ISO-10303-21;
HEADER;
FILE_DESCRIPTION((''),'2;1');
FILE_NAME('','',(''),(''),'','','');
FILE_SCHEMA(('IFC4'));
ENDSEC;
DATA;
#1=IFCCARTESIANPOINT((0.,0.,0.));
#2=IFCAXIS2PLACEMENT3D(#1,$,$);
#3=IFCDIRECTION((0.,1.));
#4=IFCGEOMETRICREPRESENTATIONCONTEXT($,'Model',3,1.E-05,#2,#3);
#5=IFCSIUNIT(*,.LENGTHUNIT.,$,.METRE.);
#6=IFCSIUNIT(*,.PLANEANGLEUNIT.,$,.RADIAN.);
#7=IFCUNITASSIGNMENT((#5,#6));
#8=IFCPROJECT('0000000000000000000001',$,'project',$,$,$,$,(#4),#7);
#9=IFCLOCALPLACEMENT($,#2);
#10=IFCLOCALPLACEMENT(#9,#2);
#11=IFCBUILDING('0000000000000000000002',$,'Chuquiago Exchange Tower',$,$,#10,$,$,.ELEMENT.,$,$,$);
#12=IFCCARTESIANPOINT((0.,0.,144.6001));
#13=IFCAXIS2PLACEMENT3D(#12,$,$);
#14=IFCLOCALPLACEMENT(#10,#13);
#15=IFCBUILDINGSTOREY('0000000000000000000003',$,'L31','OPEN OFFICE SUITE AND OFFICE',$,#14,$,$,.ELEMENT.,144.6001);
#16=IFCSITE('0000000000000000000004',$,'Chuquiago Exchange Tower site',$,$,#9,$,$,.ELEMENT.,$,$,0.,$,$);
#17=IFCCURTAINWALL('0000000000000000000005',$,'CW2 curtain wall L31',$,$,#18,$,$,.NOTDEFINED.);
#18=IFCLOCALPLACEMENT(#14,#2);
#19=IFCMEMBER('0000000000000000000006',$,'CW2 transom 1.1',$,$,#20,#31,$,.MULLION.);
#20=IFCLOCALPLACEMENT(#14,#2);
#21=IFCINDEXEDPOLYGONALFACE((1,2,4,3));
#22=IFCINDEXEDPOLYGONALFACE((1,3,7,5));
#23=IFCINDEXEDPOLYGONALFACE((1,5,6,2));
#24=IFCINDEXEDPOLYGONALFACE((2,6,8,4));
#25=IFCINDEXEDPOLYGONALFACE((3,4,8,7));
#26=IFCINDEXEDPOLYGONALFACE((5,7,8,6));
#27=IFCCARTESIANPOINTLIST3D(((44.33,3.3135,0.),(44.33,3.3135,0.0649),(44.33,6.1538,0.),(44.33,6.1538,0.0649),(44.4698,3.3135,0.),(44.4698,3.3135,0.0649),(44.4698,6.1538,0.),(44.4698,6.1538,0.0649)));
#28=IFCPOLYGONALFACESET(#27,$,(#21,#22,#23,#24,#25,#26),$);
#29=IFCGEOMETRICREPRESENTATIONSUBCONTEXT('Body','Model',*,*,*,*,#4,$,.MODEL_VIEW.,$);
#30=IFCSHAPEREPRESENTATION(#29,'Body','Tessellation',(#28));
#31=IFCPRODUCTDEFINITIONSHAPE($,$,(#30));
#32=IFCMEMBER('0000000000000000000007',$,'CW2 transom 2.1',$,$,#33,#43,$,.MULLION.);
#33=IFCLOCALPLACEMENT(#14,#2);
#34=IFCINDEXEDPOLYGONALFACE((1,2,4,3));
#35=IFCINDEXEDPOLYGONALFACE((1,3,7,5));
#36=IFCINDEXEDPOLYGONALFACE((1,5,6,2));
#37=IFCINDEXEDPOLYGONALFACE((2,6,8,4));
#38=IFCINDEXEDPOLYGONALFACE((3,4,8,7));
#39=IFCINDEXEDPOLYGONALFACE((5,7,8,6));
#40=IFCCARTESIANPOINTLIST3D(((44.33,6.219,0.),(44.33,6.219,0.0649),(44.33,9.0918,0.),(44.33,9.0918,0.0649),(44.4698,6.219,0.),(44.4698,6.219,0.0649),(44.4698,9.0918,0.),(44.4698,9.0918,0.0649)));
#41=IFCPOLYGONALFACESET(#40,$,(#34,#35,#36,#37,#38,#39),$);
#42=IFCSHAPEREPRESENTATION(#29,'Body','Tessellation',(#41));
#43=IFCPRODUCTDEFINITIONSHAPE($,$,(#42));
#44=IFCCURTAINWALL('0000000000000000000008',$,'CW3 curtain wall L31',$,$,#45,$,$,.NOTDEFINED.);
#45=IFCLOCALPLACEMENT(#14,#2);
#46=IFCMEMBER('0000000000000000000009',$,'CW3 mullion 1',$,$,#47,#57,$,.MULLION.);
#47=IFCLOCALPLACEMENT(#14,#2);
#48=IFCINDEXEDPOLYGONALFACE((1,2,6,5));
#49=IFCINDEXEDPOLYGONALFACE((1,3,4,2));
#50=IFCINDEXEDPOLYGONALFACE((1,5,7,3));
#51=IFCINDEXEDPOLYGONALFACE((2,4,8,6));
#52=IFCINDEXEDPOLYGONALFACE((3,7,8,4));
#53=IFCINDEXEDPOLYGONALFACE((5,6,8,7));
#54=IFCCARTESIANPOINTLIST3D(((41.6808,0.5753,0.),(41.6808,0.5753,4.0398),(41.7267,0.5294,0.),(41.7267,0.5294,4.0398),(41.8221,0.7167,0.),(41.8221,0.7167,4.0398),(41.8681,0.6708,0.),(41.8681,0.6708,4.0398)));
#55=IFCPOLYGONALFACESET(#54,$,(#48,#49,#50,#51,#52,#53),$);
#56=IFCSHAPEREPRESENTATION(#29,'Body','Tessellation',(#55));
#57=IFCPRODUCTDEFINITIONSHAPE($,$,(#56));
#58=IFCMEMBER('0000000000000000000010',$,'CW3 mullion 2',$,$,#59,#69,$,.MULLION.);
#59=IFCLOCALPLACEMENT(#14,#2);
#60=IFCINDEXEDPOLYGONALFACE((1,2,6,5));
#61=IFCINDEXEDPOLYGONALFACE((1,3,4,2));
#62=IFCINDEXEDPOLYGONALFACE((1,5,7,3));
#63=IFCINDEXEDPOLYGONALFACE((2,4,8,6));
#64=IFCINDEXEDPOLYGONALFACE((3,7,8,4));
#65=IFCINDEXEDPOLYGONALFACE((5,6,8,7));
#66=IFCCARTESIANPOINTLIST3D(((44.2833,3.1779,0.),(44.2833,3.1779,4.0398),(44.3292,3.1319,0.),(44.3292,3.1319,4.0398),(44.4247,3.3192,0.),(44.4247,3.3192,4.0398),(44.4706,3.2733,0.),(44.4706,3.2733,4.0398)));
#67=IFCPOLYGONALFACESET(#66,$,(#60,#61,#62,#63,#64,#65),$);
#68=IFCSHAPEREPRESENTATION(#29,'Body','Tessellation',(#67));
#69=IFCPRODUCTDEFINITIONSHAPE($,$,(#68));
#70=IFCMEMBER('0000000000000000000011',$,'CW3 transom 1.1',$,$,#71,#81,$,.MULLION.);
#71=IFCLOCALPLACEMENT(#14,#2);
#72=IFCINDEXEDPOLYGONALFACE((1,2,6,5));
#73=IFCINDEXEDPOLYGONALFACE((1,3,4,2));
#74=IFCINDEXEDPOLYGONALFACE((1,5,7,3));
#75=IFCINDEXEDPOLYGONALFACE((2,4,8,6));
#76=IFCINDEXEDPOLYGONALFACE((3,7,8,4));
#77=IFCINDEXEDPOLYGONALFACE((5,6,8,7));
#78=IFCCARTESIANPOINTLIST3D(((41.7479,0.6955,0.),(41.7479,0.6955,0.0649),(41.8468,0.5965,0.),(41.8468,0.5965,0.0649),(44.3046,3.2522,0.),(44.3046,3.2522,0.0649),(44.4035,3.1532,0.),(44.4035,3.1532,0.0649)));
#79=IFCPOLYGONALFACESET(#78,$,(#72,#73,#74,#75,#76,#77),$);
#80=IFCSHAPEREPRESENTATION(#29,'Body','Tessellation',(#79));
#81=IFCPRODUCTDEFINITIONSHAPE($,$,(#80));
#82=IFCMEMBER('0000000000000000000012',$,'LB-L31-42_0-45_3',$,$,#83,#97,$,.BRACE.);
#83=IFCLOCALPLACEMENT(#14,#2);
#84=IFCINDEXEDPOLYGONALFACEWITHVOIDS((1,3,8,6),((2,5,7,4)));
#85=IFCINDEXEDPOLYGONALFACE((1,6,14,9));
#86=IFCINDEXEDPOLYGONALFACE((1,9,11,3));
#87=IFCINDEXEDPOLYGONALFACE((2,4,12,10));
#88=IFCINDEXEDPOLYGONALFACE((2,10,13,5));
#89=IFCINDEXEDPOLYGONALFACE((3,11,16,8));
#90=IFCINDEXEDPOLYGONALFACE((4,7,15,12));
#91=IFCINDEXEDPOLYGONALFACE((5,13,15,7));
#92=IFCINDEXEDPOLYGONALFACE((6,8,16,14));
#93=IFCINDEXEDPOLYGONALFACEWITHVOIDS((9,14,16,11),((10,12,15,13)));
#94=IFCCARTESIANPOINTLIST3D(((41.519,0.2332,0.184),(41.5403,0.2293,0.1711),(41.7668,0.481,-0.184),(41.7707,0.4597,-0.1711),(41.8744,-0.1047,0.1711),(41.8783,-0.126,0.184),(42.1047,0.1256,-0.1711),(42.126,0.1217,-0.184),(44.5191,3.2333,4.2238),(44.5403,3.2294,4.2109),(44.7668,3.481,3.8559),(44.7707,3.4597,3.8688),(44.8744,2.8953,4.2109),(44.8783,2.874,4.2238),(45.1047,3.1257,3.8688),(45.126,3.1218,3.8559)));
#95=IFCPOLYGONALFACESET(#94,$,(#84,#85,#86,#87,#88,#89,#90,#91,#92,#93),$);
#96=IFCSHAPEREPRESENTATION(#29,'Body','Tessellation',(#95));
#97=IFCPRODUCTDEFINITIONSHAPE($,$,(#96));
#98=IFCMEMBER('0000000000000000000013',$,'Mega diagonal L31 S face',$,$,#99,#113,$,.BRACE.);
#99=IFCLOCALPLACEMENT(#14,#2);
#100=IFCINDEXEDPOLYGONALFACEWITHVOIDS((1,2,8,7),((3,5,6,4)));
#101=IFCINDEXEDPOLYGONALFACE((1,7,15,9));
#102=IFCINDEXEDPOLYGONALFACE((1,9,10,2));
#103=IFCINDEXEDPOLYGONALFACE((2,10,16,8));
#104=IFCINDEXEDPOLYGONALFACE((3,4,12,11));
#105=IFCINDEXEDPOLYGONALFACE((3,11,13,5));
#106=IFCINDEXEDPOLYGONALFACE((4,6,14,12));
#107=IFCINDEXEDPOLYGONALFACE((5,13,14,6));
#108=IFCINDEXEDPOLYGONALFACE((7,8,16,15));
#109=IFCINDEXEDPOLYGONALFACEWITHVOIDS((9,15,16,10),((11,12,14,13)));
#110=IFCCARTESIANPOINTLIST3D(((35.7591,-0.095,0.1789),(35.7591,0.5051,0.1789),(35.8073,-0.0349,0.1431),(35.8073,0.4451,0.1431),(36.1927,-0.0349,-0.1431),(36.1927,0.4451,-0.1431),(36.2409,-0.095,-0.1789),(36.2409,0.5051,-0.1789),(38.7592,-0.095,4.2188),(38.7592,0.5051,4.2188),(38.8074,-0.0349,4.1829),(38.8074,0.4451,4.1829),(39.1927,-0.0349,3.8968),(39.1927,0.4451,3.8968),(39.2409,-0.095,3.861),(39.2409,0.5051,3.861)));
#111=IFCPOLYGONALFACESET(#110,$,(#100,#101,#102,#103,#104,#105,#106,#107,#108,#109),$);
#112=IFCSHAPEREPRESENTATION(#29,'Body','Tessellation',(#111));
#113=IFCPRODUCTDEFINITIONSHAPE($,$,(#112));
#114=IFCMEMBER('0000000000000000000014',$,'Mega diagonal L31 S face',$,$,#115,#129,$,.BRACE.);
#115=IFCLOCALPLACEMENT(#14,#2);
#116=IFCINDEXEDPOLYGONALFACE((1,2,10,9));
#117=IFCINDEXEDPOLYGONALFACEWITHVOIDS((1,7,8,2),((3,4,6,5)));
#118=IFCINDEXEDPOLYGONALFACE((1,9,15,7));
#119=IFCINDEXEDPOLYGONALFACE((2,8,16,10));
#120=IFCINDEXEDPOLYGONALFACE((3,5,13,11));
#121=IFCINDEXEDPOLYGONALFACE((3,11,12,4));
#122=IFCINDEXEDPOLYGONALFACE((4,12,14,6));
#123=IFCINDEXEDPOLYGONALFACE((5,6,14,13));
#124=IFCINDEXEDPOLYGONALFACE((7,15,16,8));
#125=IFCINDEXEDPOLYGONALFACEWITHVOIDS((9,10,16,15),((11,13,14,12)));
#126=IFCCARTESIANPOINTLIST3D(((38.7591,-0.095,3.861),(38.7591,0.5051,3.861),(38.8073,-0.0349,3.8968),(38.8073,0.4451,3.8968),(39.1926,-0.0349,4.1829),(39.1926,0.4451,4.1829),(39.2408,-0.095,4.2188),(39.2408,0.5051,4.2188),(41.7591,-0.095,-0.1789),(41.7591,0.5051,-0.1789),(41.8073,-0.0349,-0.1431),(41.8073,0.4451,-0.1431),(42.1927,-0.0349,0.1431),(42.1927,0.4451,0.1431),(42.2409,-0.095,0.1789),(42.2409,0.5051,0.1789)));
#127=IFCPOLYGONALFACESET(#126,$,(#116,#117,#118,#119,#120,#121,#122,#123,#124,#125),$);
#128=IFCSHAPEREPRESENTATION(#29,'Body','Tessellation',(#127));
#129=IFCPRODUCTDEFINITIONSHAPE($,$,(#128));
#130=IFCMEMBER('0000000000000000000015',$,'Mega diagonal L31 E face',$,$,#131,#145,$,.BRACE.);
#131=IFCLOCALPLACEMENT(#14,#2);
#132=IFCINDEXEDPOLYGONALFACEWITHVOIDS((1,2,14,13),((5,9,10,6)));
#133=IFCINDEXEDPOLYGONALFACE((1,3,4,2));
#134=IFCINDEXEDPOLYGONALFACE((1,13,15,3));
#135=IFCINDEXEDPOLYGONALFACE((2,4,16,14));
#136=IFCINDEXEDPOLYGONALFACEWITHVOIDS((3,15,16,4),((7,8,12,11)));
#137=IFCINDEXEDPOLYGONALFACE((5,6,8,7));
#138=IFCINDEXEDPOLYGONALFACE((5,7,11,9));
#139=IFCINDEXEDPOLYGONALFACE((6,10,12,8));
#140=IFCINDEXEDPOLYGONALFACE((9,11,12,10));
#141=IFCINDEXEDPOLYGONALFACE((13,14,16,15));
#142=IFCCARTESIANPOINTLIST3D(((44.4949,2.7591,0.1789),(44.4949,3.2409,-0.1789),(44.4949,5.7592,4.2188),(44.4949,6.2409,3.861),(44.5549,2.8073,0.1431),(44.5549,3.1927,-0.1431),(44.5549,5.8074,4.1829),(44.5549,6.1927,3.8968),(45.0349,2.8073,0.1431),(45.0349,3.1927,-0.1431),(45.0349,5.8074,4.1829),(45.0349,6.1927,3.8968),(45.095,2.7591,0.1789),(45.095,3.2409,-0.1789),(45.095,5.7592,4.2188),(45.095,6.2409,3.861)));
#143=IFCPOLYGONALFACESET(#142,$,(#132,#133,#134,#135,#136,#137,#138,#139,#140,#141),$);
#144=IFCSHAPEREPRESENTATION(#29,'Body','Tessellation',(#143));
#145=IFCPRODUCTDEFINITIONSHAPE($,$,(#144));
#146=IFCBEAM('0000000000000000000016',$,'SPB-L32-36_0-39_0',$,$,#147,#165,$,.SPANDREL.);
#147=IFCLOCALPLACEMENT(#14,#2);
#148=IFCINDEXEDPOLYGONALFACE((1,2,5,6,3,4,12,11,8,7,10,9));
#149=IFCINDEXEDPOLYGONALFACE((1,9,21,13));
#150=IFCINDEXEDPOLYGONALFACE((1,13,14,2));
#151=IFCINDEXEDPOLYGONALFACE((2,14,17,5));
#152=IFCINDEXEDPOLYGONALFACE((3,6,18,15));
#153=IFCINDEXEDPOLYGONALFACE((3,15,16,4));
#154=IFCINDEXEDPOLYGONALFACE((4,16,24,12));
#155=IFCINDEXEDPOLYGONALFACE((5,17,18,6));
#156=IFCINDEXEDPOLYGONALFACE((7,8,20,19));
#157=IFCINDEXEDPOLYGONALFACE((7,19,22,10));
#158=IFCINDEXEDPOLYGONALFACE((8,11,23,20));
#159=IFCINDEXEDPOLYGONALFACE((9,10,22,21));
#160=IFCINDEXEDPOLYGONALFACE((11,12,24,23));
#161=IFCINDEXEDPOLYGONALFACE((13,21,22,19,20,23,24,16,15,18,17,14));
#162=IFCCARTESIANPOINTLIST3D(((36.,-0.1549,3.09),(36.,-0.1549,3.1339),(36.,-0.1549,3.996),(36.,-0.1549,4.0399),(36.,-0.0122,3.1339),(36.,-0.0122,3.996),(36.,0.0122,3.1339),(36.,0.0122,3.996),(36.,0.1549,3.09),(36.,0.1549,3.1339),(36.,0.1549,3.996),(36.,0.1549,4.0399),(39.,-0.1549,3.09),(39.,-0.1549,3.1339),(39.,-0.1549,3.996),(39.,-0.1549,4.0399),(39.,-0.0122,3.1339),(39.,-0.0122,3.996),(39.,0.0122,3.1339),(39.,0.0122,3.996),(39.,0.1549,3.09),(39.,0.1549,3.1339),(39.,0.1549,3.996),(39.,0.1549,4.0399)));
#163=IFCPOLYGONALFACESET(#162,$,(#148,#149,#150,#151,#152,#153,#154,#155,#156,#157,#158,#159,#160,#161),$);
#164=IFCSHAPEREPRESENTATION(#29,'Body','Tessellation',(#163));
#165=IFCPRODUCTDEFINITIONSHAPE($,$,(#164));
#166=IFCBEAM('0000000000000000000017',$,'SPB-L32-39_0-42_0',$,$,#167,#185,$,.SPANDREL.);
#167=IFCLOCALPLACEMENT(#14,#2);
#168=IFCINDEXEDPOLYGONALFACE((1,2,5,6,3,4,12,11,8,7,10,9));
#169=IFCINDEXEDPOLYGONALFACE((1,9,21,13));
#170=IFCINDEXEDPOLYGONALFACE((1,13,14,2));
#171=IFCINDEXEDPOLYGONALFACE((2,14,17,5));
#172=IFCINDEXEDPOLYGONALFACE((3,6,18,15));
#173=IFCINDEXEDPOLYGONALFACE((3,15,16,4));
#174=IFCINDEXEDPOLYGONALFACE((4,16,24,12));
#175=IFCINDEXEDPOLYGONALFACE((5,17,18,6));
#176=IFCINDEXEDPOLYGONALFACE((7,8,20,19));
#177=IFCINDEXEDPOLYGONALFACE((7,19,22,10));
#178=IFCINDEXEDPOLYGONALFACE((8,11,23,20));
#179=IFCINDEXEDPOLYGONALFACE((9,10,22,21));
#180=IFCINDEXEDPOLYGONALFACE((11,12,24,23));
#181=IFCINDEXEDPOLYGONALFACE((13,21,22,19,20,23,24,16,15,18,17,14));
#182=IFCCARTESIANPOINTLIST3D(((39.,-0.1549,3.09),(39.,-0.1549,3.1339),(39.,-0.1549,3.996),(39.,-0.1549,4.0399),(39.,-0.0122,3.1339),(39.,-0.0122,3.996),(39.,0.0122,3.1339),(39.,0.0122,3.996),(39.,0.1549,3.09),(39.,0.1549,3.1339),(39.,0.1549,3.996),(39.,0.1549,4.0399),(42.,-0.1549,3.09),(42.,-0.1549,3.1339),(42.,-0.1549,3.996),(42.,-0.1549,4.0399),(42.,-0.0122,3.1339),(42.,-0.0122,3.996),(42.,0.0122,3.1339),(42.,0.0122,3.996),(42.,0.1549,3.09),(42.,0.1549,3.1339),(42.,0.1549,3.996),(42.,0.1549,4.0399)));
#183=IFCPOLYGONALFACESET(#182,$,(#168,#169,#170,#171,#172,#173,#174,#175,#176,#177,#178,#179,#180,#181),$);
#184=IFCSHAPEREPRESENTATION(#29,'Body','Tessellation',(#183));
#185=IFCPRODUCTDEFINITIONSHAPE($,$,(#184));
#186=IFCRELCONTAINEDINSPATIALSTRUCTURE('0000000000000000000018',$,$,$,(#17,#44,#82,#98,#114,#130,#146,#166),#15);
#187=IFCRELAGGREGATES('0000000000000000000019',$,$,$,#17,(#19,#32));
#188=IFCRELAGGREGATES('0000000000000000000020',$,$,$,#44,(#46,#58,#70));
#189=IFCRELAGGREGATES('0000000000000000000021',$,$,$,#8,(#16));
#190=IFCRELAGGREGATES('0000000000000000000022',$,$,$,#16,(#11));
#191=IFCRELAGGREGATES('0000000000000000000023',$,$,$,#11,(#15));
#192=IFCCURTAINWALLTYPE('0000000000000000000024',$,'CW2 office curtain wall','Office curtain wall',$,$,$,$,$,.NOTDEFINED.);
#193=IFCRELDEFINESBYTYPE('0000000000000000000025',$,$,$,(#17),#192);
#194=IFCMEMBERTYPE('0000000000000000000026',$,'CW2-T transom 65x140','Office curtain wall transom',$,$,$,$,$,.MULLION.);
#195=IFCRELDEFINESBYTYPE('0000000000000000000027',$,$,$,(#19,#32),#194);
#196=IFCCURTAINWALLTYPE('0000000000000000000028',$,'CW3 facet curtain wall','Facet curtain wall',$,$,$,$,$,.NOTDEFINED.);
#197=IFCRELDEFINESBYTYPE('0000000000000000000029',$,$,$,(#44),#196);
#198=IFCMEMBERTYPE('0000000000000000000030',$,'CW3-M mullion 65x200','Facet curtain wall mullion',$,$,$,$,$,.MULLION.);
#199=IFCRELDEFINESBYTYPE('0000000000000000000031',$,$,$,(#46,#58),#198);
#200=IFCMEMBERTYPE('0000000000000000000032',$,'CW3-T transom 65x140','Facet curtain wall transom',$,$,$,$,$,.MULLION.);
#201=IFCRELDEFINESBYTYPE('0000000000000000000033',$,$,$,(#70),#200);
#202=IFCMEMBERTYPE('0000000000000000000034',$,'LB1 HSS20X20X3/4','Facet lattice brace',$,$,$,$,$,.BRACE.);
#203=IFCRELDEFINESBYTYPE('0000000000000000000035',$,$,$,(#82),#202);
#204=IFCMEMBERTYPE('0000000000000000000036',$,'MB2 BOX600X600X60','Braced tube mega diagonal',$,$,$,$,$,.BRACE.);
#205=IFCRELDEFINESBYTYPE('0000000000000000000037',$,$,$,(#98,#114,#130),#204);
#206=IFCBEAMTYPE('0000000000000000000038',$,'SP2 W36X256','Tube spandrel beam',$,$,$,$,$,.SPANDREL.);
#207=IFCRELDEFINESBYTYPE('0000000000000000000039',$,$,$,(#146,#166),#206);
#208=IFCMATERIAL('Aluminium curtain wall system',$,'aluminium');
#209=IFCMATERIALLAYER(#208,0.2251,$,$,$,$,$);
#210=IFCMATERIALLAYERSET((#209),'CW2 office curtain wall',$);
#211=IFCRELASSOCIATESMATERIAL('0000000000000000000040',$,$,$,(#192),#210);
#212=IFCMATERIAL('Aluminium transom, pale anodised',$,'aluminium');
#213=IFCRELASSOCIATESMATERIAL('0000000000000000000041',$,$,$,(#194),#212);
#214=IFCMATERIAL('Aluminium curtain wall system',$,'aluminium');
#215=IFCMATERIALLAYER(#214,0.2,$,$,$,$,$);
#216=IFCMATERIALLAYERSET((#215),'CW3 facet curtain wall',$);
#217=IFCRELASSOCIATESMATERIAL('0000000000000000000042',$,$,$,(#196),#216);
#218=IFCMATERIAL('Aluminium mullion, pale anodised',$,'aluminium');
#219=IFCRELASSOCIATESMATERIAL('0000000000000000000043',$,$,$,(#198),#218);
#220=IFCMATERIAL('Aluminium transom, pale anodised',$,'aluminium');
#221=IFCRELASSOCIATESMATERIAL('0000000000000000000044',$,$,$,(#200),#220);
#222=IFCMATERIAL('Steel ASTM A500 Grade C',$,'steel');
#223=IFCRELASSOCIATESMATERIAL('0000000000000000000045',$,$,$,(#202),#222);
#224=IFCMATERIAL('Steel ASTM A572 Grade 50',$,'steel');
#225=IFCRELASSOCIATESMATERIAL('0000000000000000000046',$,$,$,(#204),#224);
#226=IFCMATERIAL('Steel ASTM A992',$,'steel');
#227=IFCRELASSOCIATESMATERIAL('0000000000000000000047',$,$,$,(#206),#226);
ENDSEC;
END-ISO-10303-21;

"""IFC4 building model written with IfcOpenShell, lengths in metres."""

from ifc_helpers import new_model, si_unit, direction, frame, origin, origin_2d, place, context, subcontext, project, spatial, rectangle, hollow_rectangle, i_section, extrude, material, layer, layer_set, material_profile, profile_set, type_object, element, aggregate, save


model = new_model("IFC4")

# Units and contexts
model_context = context("Model", 3, precision=1e-05, world=origin(), true_north=direction((0.0, 1.0)))
body_context = subcontext(model_context, "Body", "Model", "MODEL_VIEW")
ifc_project = project(units=[si_unit("LENGTHUNIT", "METRE"), si_unit("PLANEANGLEUNIT", "RADIAN")], contexts=[model_context])

# Site, building, storey
site_placement = place(None, origin())
site = spatial("IfcSite", under=ifc_project, at=site_placement, Name="Chuquiago Exchange Tower site", CompositionType="ELEMENT", RefElevation=0.0)
building_placement = place(site_placement, origin())
building = spatial("IfcBuilding", under=site, at=building_placement, Name="Chuquiago Exchange Tower", CompositionType="ELEMENT")
storey_placement = place(building_placement, frame((0.0, 0.0, 144.6001)))
storey = spatial("IfcBuildingStorey", under=building, at=storey_placement, Name="L31", Description="OPEN OFFICE SUITE AND OFFICE", CompositionType="ELEMENT", Elevation=144.6001)

# Curtain wall
ifc_material_1 = material(Name="Aluminium curtain wall system", Category="aluminium")
ifc_layer_1 = layer(ifc_material_1, 0.2251)
ifc_layer_set_1 = layer_set([ifc_layer_1], Name="CW2 office curtain wall")
curtain_wall_type_1 = type_object("IfcCurtainWallType", Name="CW2 office curtain wall", Description="Office curtain wall", PredefinedType="NOTDEFINED", material=ifc_layer_set_1)
curtain_wall_1_placement = place(storey_placement, origin())
curtain_wall_1 = element("IfcCurtainWall", 1, at=curtain_wall_1_placement, inside=storey, type_object=curtain_wall_type_1, Name="CW2 curtain wall L31", PredefinedType="NOTDEFINED")

# Members
ifc_material_2 = material(Name="Aluminium transom, pale anodised", Category="aluminium")
ifc_material_profile_1 = material_profile(ifc_material_2, rectangle(XDim=0.1399, YDim=0.0649, at=origin_2d()), Name="AL 140x65")
ifc_profile_set_1 = profile_set([ifc_material_profile_1], Name="Aluminium transom, pale anodised")
member_type_1 = type_object("IfcMemberType", Name="CW2-T transom 65x140", Description="Office curtain wall transom", PredefinedType="MULLION", material=ifc_profile_set_1)
member_1_placement = place(storey_placement, frame((44.3999, 3.3135, 0.0325), z_axis=(0.0, 1.0, 0.0), x_axis=(-1.0, 0.0, 0.0)))
member_1 = element("IfcMember", 2, at=member_1_placement, type_object=member_type_1, Name="CW2 transom 1.1", PredefinedType="MULLION", context=body_context, shape_type="SweptSolid", body=[
    extrude(rectangle(XDim=0.1399, YDim=0.0649, at=origin_2d()), origin(), (0.0, 0.0, 1.0), 2.8403),
])
member_2_placement = place(storey_placement, frame((44.3999, 6.219, 0.0325), z_axis=(0.0, 1.0, 0.0), x_axis=(-1.0, 0.0, 0.0)))
member_2 = element("IfcMember", 3, at=member_2_placement, type_object=member_type_1, Name="CW2 transom 2.1", PredefinedType="MULLION", context=body_context, shape_type="SweptSolid", body=[
    extrude(rectangle(XDim=0.1399, YDim=0.0649, at=origin_2d()), origin(), (0.0, 0.0, 1.0), 2.8728),
])

# Curtain wall, members
ifc_material_3 = material(Name="Aluminium curtain wall system", Category="aluminium")
ifc_layer_2 = layer(ifc_material_3, 0.2)
ifc_layer_set_2 = layer_set([ifc_layer_2], Name="CW3 facet curtain wall")
curtain_wall_type_2 = type_object("IfcCurtainWallType", Name="CW3 facet curtain wall", Description="Facet curtain wall", PredefinedType="NOTDEFINED", material=ifc_layer_set_2)
curtain_wall_2_placement = place(storey_placement, origin())
curtain_wall_2 = element("IfcCurtainWall", 4, at=curtain_wall_2_placement, inside=storey, type_object=curtain_wall_type_2, Name="CW3 curtain wall L31", PredefinedType="NOTDEFINED")
ifc_material_4 = material(Name="Aluminium mullion, pale anodised", Category="aluminium")
ifc_material_profile_2 = material_profile(ifc_material_4, rectangle(XDim=0.0649, YDim=0.2, at=origin_2d()), Name="AL 65x200")
ifc_profile_set_2 = profile_set([ifc_material_profile_2], Name="Aluminium mullion, pale anodised")
member_type_2 = type_object("IfcMemberType", Name="CW3-M mullion 65x200", Description="Facet curtain wall mullion", PredefinedType="MULLION", material=ifc_profile_set_2)
member_3_placement = place(storey_placement, frame((41.7744, 0.623, 0.0), z_axis=(0.0, 0.0, 1.0), x_axis=(-0.707107, 0.707107, 0.0)))
member_3 = element("IfcMember", 5, at=member_3_placement, type_object=member_type_2, Name="CW3 mullion 1", PredefinedType="MULLION", context=body_context, shape_type="SweptSolid", body=[
    extrude(rectangle(XDim=0.0649, YDim=0.2, at=origin_2d()), origin(), (0.0, 0.0, 1.0), 4.0398),
])
member_4_placement = place(storey_placement, frame((44.377, 3.2256, 0.0), z_axis=(0.0, 0.0, 1.0), x_axis=(-0.707107, 0.707107, 0.0)))
member_4 = element("IfcMember", 6, at=member_4_placement, type_object=member_type_2, Name="CW3 mullion 2", PredefinedType="MULLION", context=body_context, shape_type="SweptSolid", body=[
    extrude(rectangle(XDim=0.0649, YDim=0.2, at=origin_2d()), origin(), (0.0, 0.0, 1.0), 4.0398),
])
ifc_material_5 = material(Name="Aluminium transom, pale anodised", Category="aluminium")
ifc_material_profile_3 = material_profile(ifc_material_5, rectangle(XDim=0.1399, YDim=0.0649, at=origin_2d()), Name="AL 140x65")
ifc_profile_set_3 = profile_set([ifc_material_profile_3], Name="Aluminium transom, pale anodised")
member_type_3 = type_object("IfcMemberType", Name="CW3-T transom 65x140", Description="Facet curtain wall transom", PredefinedType="MULLION", material=ifc_profile_set_3)
member_5_placement = place(storey_placement, frame((41.7974, 0.646, 0.0325), z_axis=(0.707107, 0.707107, 0.0), x_axis=(-0.707107, 0.707107, 0.0)))
member_5 = element("IfcMember", 7, at=member_5_placement, type_object=member_type_3, Name="CW3 transom 1.1", PredefinedType="MULLION", context=body_context, shape_type="SweptSolid", body=[
    extrude(rectangle(XDim=0.1399, YDim=0.0649, at=origin_2d()), origin(), (0.0, 0.0, 1.0), 3.6157),
])

# Members
ifc_material_6 = material(Name="Steel ASTM A500 Grade C", Category="steel")
ifc_material_profile_4 = material_profile(ifc_material_6, hollow_rectangle(XDim=0.5081, YDim=0.5081, WallThickness=0.0178, at=origin_2d()), Name="HSS20X20X3/4")
ifc_profile_set_4 = profile_set([ifc_material_profile_4], Name="Steel ASTM A500 Grade C")
member_type_4 = type_object("IfcMemberType", Name="LB1 HSS20X20X3/4", Description="Facet lattice brace", PredefinedType="BRACE", material=ifc_profile_set_4)
member_6_placement = place(storey_placement, frame((41.8225, 0.1775, 0.0), z_axis=(0.512092, 0.512092, 0.689582), x_axis=(-0.707107, 0.707107, 0.0)))
element("IfcMember", 8, at=member_6_placement, inside=storey, type_object=member_type_4, Name="LB-L31-42_0-45_3", PredefinedType="BRACE", context=body_context, shape_type="SweptSolid", body=[
    extrude(hollow_rectangle(XDim=0.5081, YDim=0.5081, WallThickness=0.0178, at=origin_2d()), origin(), (0.0, 0.0, 1.0), 5.8584),
])
ifc_material_7 = material(Name="Steel ASTM A572 Grade 50", Category="steel")
ifc_material_profile_5 = material_profile(ifc_material_7, hollow_rectangle(XDim=0.6001, YDim=0.6001, WallThickness=0.0601, at=origin_2d()), Name="BOX600X600X60")
ifc_profile_set_5 = profile_set([ifc_material_profile_5], Name="Steel ASTM A572 Grade 50")
member_type_5 = type_object("IfcMemberType", Name="MB2 BOX600X600X60", Description="Braced tube mega diagonal", PredefinedType="BRACE", material=ifc_profile_set_5)
for number, where, z_axis, x_axis, name in (
    (9, (36.0, 0.2051, 0.0), (0.596197, 0.0, 0.802838), (0.0, 1.0, 0.0), "Mega diagonal L31 S face"),
    (10, (42.0, 0.2051, 0.0), (-0.596197, 0.0, 0.802838), (0.0, -1.0, 0.0), "Mega diagonal L31 S face"),
    (11, (44.7949, 3.0, 0.0), (0.0, 0.596197, 0.802838), (-1.0, 0.0, 0.0), "Mega diagonal L31 E face"),
):
    element("IfcMember", number, at=place(storey_placement, frame(where, z_axis=z_axis, x_axis=x_axis)), inside=storey, type_object=member_type_5, Name=name, PredefinedType="BRACE", context=body_context, shape_type="SweptSolid", body=[
        extrude(hollow_rectangle(XDim=0.6001, YDim=0.6001, WallThickness=0.0601, at=origin_2d()), origin(), (0.0, 0.0, 1.0), 5.032),
    ])

# Beams
ifc_material_8 = material(Name="Steel ASTM A992", Category="steel")
ifc_material_profile_6 = material_profile(ifc_material_8, i_section(OverallWidth=0.3098, OverallDepth=0.95, WebThickness=0.0244, FlangeThickness=0.0439, at=origin_2d()), Name="W36X256")
ifc_profile_set_6 = profile_set([ifc_material_profile_6], Name="Steel ASTM A992")
beam_type = type_object("IfcBeamType", Name="SP2 W36X256", Description="Tube spandrel beam", PredefinedType="SPANDREL", material=ifc_profile_set_6)
for number, where, z_axis, x_axis, name in (
    (12, (36.0, 0.0, 3.5649), (1.0, 0.0, 0.0), (0.0, 1.0, 0.0), "SPB-L32-36_0-39_0"),
    (13, (39.0, 0.0, 3.5649), (1.0, 0.0, 0.0), (0.0, 1.0, 0.0), "SPB-L32-39_0-42_0"),
):
    element("IfcBeam", number, at=place(storey_placement, frame(where, z_axis=z_axis, x_axis=x_axis)), inside=storey, type_object=beam_type, Name=name, PredefinedType="SPANDREL", context=body_context, shape_type="SweptSolid", body=[
        extrude(i_section(OverallWidth=0.3098, OverallDepth=0.95, WebThickness=0.0244, FlangeThickness=0.0439, at=origin_2d()), origin(), (0.0, 0.0, 1.0), 3.0),
    ])

aggregate(curtain_wall_1, [member_1, member_2])
aggregate(curtain_wall_2, [member_3, member_4, member_5])

save(model, "model.ifc")
